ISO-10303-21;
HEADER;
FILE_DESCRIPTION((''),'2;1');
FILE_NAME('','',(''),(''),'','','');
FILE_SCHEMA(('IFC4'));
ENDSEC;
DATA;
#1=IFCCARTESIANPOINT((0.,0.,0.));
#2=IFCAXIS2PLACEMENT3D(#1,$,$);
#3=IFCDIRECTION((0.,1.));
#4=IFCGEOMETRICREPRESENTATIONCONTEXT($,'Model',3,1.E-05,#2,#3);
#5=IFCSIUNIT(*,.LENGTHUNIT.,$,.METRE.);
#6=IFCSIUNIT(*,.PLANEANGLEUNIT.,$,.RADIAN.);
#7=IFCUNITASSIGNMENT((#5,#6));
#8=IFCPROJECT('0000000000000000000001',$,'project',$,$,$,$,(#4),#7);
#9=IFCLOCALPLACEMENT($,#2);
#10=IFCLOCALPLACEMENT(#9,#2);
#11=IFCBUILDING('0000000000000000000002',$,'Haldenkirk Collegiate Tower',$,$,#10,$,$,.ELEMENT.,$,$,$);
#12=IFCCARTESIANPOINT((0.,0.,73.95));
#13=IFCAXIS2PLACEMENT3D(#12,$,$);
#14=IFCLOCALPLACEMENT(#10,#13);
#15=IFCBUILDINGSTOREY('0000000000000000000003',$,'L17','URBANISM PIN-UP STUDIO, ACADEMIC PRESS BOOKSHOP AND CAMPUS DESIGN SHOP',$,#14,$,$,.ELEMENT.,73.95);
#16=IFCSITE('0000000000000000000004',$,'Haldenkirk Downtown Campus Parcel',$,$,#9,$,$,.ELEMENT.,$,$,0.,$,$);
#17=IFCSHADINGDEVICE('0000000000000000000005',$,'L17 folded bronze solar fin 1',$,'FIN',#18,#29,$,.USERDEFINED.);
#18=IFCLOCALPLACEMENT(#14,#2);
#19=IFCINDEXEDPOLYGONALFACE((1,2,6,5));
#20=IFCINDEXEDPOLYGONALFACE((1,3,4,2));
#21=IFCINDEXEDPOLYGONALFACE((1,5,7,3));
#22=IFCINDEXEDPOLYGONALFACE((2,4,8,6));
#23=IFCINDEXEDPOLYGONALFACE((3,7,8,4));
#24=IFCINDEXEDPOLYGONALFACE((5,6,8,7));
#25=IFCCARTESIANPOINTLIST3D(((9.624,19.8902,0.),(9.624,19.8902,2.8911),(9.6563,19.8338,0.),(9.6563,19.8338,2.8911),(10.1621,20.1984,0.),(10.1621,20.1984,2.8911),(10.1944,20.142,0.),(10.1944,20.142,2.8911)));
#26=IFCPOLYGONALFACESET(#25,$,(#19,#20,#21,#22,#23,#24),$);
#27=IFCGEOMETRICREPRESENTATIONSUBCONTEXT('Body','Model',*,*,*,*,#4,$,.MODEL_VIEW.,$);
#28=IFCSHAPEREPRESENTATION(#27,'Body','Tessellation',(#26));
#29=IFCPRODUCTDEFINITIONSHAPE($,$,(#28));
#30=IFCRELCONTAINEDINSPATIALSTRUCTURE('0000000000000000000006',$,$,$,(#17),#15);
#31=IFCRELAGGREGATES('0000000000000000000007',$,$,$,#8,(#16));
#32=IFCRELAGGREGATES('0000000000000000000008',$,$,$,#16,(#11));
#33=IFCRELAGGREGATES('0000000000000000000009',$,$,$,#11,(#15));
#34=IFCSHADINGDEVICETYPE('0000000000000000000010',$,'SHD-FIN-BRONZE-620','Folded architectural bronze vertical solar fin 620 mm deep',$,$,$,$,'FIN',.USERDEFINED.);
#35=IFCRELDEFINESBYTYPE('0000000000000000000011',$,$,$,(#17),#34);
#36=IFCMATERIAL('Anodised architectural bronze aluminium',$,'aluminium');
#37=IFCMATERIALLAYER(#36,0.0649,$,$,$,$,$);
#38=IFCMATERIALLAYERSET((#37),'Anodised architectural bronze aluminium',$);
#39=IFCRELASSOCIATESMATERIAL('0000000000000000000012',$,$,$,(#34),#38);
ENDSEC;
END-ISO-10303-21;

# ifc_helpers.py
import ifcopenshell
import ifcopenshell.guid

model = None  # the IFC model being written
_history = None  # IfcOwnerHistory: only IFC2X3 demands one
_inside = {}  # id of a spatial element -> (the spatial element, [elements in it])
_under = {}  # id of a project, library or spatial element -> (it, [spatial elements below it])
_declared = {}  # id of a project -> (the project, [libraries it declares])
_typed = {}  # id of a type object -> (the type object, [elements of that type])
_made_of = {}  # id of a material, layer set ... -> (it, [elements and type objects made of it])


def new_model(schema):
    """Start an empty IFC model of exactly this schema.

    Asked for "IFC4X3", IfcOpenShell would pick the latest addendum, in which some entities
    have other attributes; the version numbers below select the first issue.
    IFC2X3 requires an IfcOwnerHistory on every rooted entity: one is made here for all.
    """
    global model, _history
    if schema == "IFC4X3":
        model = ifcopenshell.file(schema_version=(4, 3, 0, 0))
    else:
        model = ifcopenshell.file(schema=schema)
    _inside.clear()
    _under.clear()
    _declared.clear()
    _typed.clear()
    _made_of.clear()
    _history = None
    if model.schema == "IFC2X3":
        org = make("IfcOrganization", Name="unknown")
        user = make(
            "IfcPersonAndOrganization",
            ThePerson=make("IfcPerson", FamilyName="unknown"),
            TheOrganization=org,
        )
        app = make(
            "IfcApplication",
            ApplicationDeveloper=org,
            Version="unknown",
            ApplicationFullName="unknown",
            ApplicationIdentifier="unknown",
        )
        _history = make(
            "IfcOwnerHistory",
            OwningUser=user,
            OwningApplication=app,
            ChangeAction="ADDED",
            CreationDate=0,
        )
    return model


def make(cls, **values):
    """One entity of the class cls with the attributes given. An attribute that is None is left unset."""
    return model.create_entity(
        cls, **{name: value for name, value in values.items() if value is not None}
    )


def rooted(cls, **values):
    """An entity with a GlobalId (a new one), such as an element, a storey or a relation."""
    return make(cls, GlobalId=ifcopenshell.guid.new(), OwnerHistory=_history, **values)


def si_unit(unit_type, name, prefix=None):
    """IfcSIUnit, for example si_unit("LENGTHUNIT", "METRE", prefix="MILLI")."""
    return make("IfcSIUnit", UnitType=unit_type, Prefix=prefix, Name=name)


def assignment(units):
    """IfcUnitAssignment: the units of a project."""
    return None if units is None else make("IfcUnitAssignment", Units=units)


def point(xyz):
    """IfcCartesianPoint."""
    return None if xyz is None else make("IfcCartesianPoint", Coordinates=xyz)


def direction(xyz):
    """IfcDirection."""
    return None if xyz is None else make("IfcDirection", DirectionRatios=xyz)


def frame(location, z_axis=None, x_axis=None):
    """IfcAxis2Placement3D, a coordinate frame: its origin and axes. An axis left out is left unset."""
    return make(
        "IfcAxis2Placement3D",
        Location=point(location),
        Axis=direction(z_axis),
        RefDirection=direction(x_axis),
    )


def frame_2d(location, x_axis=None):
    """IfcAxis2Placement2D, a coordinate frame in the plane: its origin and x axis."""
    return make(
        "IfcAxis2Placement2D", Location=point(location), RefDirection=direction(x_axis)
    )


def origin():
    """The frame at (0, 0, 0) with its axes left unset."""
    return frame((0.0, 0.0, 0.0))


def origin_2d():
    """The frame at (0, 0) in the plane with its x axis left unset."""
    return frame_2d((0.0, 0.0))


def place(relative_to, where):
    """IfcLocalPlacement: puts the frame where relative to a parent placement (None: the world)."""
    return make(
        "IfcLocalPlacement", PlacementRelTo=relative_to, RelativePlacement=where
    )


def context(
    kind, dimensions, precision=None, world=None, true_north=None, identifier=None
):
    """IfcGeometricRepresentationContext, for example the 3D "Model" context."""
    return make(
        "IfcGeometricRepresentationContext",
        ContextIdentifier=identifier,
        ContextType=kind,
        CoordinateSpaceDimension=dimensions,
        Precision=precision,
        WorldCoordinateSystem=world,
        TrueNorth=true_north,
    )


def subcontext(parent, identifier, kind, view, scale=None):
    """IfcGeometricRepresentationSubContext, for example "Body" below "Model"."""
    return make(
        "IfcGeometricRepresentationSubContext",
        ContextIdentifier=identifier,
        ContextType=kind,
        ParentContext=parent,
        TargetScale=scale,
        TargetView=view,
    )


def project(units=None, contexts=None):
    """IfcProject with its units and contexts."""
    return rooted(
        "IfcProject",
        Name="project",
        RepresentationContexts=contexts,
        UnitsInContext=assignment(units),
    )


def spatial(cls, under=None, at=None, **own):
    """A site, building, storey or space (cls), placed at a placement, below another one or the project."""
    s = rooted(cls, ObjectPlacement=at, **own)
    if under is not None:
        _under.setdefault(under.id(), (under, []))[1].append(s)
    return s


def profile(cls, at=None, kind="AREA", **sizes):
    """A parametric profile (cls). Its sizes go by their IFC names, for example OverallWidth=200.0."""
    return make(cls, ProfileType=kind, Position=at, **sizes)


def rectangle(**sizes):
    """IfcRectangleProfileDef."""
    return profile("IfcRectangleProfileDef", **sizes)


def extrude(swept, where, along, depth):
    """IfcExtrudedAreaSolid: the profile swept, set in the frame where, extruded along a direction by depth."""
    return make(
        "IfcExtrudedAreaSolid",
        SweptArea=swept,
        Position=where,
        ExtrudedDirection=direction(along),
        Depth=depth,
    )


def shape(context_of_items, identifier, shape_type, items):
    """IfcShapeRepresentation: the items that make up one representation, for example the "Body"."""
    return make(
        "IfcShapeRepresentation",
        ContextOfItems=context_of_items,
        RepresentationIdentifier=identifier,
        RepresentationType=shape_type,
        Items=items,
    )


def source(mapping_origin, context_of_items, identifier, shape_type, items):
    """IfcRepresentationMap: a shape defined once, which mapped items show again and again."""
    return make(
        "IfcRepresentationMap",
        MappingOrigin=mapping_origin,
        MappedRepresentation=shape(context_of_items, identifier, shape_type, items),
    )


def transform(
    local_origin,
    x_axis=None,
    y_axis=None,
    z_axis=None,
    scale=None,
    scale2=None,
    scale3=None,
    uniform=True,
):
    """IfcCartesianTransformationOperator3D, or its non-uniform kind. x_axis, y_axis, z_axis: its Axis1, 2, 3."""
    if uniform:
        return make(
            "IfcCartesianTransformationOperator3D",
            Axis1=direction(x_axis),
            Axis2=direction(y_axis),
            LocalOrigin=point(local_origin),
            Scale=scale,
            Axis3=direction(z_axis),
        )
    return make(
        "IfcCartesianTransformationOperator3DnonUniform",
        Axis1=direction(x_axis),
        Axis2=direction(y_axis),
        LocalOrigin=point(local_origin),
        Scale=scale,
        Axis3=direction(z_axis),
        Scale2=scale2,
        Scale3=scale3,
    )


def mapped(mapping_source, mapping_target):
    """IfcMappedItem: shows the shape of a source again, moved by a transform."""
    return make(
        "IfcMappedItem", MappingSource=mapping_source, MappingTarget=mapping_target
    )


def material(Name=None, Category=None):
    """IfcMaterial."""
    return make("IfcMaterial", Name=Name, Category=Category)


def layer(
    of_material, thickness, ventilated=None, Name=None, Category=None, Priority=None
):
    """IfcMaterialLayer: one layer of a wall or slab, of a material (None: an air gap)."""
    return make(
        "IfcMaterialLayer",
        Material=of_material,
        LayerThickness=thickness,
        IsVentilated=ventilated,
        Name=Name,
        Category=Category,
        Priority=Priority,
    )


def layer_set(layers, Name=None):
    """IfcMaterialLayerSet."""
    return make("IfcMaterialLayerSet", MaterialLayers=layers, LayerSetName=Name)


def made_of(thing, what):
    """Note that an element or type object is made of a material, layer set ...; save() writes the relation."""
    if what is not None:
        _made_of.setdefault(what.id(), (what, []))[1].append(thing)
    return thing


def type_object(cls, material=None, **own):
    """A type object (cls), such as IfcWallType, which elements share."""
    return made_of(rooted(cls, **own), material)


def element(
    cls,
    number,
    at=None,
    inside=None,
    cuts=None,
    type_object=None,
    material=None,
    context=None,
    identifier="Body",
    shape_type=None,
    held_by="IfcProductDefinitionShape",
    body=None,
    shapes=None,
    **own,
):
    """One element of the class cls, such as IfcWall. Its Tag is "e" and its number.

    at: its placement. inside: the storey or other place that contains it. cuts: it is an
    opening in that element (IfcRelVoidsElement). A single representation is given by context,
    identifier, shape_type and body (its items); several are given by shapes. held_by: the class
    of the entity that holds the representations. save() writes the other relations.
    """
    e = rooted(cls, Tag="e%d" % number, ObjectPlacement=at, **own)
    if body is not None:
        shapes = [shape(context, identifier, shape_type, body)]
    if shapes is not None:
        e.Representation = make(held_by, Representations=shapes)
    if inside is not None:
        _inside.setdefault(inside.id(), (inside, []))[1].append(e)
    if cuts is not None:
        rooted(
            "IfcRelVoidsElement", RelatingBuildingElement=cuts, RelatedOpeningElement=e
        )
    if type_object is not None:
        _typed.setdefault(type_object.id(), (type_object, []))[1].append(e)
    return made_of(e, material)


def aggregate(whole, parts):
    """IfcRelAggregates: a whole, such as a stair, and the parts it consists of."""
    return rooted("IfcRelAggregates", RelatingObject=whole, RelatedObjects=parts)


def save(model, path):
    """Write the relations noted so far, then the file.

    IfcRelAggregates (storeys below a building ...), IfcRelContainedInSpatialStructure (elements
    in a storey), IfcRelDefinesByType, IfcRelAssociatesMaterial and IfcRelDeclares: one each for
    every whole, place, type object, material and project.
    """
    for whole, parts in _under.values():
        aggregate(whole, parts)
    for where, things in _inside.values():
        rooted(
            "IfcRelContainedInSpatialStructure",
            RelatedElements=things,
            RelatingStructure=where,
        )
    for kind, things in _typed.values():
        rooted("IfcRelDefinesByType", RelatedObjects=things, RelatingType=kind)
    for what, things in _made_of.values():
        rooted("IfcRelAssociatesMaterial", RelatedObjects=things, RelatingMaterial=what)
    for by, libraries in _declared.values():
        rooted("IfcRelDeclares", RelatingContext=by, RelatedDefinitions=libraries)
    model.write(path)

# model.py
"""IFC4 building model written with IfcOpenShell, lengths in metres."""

from ifc_helpers import new_model, si_unit, direction, frame, origin, origin_2d, place, context, subcontext, project, spatial, rectangle, extrude, source, transform, mapped, material, layer, layer_set, type_object, element, save


model = new_model("IFC4")

# Units and contexts
model_context = context("Model", 3, precision=1e-05, world=origin(), true_north=direction((0.0, 1.0)))
body_context = subcontext(model_context, "Body", "Model", "MODEL_VIEW")
ifc_project = project(units=[si_unit("LENGTHUNIT", "METRE"), si_unit("PLANEANGLEUNIT", "RADIAN")], contexts=[model_context])

# Site, building, storey
site_placement = place(None, origin())
site = spatial("IfcSite", under=ifc_project, at=site_placement, Name="Haldenkirk Downtown Campus Parcel", CompositionType="ELEMENT", RefElevation=0.0)
building_placement = place(site_placement, origin())
building = spatial("IfcBuilding", under=site, at=building_placement, Name="Haldenkirk Collegiate Tower", CompositionType="ELEMENT")
storey_placement = place(building_placement, frame((0.0, 0.0, 73.95)))
storey = spatial("IfcBuildingStorey", under=building, at=storey_placement, Name="L17", Description="URBANISM PIN-UP STUDIO, ACADEMIC PRESS BOOKSHOP AND CAMPUS DESIGN SHOP", CompositionType="ELEMENT", Elevation=73.95)

# Shared definitions
ifc_material_1 = material(Name="Anodised architectural bronze aluminium", Category="aluminium")

# Shading device
ifc_layer_1 = layer(ifc_material_1, 0.0649)
ifc_layer_set_1 = layer_set([ifc_layer_1], Name="Anodised architectural bronze aluminium")
shading_device_type = type_object("IfcShadingDeviceType", Name="SHD-FIN-BRONZE-620", Description="Folded architectural bronze vertical solar fin 620 mm deep", ElementType="FIN", PredefinedType="USERDEFINED", material=ifc_layer_set_1)
shared_shape_1 = source(origin(), body_context, "Body", "SweptSolid", [
    extrude(rectangle(XDim=0.6201, YDim=0.0649, at=origin_2d()), origin(), (0.0, 0.0, 1.0), 2.8911),
])
shading_device_placement = place(storey_placement, frame((9.9092, 20.0161, 0.0), z_axis=(0.0, 0.0, 1.0), x_axis=(-0.867765, -0.496974, 0.0)))
element("IfcShadingDevice", 1, at=shading_device_placement, inside=storey, type_object=shading_device_type, Name="L17 folded bronze solar fin 1", ObjectType="FIN", PredefinedType="USERDEFINED", context=body_context, shape_type="MappedRepresentation", body=[
    mapped(shared_shape_1, transform((0.0, 0.0, 0.0), x_axis=(1.0, 0.0, 0.0), y_axis=(0.0, 1.0, 0.0), z_axis=(0.0, 0.0, 1.0), scale=1.0)),
])

save(model, "model.ifc")
